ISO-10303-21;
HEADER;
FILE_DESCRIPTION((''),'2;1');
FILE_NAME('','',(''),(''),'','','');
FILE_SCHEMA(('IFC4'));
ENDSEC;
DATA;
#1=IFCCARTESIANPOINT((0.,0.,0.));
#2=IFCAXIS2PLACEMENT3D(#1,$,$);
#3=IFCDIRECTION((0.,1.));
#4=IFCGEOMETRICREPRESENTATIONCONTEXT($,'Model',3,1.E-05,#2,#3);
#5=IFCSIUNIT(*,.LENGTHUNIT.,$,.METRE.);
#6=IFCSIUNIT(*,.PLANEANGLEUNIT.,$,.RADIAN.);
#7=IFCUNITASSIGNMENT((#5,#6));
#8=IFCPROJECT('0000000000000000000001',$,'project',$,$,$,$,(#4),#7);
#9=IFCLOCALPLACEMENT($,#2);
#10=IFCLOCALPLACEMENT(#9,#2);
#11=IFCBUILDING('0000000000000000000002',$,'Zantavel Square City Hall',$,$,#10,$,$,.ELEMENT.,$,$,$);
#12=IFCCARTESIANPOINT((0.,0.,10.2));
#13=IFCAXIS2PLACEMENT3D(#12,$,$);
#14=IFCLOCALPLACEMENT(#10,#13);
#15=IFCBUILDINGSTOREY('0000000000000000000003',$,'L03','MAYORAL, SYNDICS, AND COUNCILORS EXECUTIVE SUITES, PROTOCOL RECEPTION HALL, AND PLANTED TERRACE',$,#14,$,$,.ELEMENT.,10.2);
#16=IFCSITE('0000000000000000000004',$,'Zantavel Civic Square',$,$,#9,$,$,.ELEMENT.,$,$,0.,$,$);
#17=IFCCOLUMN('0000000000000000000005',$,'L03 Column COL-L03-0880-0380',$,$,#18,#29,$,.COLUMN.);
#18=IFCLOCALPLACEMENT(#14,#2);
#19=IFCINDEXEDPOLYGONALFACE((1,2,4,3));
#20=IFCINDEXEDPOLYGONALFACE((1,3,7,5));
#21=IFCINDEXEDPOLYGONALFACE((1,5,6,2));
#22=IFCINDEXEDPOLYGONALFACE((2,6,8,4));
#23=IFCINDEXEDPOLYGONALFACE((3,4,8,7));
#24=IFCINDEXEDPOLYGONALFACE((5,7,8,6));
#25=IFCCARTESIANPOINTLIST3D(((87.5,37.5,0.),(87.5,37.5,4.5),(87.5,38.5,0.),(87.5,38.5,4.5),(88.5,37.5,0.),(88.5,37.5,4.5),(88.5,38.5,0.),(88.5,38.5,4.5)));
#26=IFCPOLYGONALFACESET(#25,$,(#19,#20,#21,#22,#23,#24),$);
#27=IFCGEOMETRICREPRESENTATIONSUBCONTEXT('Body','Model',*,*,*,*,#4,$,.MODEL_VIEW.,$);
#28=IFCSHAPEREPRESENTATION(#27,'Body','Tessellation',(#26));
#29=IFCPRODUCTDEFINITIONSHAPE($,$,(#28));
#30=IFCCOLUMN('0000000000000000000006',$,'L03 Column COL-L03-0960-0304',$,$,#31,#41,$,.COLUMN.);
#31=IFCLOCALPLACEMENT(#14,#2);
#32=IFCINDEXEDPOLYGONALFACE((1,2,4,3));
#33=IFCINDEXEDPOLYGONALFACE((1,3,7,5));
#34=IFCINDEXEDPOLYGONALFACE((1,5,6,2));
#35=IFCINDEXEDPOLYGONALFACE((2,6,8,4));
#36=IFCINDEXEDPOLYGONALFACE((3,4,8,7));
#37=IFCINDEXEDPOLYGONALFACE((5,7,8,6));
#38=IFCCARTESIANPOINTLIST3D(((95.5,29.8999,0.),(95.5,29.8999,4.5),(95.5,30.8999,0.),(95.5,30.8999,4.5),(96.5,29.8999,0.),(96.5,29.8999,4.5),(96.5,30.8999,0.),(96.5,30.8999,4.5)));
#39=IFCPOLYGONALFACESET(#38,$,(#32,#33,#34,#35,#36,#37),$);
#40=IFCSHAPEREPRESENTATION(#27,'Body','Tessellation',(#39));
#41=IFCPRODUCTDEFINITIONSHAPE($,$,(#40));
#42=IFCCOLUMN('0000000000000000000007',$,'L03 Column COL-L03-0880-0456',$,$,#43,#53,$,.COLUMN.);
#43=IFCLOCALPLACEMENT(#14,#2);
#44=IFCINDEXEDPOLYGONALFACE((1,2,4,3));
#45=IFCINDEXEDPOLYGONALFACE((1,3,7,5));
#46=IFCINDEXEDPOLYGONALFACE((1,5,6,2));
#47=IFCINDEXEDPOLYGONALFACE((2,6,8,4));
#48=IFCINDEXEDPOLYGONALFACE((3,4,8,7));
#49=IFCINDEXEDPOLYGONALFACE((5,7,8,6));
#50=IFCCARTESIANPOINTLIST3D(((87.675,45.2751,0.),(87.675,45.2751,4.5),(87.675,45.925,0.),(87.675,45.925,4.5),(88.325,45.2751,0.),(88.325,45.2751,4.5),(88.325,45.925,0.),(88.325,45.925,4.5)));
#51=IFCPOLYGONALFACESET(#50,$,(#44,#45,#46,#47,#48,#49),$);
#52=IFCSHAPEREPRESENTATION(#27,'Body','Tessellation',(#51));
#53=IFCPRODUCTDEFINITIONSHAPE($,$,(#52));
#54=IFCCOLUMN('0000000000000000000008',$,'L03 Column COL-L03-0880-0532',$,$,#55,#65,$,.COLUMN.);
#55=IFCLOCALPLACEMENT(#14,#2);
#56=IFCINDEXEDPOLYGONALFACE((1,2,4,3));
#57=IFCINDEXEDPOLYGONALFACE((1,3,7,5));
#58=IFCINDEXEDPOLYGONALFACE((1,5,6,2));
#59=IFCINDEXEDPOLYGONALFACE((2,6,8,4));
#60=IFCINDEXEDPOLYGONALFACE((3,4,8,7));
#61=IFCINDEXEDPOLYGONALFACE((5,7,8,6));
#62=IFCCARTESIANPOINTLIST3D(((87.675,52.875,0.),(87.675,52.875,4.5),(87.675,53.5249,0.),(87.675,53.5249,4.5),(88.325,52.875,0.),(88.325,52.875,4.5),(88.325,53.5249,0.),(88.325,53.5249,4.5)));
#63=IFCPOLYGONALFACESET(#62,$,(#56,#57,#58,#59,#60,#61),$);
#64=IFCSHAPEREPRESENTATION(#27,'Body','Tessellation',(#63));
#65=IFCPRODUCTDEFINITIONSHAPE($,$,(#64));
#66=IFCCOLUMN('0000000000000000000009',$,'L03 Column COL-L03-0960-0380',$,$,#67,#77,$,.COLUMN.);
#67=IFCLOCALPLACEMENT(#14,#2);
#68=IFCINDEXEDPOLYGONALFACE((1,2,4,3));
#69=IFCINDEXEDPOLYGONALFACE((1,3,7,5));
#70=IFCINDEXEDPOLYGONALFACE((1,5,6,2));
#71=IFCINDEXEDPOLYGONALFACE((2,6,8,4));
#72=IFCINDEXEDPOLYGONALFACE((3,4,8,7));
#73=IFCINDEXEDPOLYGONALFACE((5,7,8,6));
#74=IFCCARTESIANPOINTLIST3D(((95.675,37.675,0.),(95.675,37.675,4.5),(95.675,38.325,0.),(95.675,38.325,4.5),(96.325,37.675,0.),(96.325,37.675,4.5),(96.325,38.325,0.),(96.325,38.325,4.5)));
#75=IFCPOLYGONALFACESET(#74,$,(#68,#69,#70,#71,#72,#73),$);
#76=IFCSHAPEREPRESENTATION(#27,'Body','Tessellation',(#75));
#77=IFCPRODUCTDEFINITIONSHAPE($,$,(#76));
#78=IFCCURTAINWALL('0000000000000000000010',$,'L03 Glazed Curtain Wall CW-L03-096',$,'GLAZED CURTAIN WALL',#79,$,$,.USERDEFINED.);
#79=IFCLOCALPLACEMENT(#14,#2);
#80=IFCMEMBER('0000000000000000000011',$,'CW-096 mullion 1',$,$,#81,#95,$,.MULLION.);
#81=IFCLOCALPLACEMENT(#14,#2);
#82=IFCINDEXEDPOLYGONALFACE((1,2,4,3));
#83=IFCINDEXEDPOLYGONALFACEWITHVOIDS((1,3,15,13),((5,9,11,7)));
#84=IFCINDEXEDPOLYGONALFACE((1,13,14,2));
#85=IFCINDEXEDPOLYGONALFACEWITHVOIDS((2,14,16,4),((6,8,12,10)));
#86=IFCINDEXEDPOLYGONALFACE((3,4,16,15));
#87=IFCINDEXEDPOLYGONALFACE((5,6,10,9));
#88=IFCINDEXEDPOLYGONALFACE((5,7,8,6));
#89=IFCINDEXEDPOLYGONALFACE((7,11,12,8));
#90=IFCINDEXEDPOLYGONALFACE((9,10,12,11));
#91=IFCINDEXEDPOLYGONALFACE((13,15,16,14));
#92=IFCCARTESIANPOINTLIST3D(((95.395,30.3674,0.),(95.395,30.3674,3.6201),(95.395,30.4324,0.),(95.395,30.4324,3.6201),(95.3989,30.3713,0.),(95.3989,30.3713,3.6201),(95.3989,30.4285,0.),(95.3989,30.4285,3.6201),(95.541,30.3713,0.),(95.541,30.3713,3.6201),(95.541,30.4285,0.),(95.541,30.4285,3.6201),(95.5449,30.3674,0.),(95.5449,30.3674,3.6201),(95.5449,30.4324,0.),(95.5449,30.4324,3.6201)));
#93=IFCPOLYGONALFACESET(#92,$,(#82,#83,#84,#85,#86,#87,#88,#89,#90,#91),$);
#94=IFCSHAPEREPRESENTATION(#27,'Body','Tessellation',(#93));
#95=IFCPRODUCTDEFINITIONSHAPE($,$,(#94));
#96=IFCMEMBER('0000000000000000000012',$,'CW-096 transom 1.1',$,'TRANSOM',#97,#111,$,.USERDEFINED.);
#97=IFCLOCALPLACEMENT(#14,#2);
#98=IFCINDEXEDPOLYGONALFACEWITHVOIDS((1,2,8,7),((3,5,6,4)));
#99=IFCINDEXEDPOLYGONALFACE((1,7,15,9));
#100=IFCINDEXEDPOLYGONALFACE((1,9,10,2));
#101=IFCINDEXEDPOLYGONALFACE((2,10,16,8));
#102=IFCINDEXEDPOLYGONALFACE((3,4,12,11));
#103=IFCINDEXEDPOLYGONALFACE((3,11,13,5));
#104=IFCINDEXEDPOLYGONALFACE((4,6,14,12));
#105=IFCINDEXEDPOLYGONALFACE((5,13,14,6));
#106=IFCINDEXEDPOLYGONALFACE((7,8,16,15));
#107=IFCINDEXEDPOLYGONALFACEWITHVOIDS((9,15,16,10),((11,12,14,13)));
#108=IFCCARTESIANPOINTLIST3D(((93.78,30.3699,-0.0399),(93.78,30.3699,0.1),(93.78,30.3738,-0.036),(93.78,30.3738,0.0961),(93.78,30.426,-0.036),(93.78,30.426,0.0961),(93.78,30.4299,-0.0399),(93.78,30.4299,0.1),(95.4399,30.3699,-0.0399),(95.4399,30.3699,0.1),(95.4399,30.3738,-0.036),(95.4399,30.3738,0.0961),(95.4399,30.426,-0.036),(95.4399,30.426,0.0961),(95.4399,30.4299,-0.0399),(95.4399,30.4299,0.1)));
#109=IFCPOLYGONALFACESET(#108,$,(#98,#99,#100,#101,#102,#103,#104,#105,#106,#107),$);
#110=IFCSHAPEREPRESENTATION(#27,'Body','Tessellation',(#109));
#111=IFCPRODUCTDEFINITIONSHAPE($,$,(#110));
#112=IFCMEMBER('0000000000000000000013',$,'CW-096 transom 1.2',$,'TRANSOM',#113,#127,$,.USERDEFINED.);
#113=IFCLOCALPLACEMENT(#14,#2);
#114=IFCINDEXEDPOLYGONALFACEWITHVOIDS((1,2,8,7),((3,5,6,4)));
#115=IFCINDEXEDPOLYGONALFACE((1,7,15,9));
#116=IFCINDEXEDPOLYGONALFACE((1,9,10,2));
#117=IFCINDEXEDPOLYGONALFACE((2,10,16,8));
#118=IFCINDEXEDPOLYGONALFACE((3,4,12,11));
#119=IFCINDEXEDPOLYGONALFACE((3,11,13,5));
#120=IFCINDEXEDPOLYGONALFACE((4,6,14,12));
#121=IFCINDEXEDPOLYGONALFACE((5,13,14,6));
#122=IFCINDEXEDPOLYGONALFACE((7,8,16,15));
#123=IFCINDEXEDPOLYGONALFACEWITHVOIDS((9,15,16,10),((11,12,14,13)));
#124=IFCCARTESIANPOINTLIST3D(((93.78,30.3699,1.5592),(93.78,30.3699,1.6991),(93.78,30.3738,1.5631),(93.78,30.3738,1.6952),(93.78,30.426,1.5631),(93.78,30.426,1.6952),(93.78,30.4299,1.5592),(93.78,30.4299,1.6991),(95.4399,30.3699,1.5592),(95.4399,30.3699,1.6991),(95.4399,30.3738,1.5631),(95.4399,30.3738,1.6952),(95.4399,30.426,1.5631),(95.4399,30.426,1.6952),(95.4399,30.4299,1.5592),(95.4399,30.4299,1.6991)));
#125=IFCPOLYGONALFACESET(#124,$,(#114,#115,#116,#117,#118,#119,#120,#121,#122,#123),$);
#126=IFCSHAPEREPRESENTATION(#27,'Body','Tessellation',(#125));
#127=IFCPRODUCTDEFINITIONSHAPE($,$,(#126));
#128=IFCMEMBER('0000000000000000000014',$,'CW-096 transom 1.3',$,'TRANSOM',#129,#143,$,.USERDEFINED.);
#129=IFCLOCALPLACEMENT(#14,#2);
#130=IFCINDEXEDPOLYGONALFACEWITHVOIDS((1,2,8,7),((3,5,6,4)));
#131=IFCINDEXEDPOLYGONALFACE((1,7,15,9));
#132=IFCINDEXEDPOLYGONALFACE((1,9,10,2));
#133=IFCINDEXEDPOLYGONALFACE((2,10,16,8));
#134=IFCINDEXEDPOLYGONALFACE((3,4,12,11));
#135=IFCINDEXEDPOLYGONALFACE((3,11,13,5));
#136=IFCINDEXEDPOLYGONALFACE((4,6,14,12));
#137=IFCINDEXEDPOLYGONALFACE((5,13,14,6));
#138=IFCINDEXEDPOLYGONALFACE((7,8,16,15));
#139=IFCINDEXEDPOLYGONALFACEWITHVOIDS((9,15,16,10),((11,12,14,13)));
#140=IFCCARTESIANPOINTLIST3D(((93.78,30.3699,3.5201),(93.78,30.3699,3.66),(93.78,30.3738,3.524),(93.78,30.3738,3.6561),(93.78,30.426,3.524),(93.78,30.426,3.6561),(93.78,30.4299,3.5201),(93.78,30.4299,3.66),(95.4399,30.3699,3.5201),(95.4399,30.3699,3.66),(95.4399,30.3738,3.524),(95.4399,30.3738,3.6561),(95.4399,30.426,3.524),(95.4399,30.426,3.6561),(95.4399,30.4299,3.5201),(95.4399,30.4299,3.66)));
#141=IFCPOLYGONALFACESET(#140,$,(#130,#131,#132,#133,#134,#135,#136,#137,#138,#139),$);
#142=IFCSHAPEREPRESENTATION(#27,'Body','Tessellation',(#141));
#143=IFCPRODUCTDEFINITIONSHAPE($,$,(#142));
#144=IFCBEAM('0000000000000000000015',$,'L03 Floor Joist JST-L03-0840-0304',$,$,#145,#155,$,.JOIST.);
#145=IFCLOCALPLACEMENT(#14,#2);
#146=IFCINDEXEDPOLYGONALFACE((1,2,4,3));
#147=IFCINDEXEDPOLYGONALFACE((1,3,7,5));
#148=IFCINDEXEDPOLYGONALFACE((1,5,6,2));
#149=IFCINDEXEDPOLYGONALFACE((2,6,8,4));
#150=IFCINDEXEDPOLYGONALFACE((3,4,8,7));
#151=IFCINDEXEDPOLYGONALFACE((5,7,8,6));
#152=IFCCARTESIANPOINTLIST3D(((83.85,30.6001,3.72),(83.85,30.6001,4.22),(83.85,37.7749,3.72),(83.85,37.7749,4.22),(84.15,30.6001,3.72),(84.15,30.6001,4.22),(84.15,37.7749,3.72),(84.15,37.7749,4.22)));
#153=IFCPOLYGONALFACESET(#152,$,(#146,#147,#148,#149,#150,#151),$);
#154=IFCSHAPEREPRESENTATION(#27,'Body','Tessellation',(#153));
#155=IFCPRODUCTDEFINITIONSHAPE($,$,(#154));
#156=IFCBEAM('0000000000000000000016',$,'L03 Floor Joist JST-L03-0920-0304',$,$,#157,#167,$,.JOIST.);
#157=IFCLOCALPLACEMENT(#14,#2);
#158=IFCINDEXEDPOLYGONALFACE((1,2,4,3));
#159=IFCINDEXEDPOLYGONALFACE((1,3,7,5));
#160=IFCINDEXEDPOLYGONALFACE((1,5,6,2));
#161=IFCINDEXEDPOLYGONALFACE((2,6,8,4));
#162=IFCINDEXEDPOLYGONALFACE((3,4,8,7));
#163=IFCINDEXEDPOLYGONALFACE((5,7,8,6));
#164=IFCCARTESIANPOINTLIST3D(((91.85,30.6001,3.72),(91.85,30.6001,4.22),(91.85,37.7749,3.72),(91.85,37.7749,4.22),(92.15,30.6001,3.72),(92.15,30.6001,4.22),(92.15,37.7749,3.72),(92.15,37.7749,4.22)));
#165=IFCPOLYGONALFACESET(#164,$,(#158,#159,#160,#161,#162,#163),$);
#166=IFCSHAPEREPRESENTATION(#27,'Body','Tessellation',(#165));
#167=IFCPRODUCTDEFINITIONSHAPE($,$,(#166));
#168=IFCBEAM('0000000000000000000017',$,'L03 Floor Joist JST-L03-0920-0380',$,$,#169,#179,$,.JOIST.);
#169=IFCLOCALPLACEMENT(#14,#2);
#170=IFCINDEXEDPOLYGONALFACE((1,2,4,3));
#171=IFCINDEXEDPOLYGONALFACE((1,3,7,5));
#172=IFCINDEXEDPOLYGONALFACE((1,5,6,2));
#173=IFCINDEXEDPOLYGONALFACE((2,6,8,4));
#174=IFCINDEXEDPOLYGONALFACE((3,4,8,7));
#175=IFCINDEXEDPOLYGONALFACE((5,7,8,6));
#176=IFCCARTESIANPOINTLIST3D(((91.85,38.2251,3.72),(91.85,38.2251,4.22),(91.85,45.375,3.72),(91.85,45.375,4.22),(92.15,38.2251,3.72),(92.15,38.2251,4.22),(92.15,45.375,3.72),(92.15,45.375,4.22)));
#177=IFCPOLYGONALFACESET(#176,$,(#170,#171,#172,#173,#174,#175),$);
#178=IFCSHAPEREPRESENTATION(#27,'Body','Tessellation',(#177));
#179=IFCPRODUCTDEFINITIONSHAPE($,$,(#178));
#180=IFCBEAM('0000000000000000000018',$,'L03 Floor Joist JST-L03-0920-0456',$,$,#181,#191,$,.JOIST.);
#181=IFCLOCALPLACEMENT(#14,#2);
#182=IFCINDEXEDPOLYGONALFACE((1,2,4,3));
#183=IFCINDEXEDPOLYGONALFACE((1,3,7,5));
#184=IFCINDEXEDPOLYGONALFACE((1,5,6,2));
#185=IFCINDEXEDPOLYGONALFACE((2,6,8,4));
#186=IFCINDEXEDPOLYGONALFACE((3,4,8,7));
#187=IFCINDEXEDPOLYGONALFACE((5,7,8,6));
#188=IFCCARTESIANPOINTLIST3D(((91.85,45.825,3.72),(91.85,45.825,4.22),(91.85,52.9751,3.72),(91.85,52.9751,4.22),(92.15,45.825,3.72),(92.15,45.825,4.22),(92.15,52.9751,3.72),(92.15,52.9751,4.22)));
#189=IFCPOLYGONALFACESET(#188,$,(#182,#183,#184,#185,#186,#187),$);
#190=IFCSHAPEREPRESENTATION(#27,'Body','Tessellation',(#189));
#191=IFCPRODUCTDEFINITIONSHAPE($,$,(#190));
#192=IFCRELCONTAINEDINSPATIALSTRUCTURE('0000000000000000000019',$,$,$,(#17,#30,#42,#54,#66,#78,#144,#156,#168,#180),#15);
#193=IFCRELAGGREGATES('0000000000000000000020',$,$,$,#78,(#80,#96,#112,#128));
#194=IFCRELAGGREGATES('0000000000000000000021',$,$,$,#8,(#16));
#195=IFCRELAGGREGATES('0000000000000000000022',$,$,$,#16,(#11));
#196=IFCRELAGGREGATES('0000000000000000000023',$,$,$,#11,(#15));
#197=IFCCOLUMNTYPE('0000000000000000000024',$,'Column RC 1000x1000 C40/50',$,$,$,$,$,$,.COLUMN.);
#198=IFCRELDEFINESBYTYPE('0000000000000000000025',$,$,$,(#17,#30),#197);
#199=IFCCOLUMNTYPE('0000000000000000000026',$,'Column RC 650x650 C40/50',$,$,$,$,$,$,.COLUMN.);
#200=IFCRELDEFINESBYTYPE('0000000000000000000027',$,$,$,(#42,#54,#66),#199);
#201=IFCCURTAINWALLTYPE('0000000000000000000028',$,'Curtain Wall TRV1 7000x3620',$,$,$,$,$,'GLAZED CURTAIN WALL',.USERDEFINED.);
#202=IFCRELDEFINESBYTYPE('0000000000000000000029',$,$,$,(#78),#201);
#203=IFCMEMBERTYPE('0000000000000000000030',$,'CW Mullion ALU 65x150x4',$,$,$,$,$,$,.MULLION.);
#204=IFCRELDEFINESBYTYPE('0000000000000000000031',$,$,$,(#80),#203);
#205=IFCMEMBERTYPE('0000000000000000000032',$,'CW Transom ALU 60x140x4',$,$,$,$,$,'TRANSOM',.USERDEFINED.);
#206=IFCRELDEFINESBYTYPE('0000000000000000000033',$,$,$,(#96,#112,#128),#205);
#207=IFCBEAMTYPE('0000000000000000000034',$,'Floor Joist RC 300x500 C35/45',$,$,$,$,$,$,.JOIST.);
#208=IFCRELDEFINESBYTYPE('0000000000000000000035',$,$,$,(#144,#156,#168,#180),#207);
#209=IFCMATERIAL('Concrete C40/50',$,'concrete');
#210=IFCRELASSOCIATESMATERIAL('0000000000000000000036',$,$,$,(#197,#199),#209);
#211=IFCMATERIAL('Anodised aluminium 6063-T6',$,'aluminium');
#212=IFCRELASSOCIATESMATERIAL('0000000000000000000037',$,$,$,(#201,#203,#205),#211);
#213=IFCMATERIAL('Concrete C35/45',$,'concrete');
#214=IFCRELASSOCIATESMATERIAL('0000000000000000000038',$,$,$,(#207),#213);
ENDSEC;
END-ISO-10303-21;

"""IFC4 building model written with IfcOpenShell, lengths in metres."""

from ifc_helpers import new_model, si_unit, direction, frame, origin, origin_2d, place, context, subcontext, project, spatial, rectangle, hollow_rectangle, extrude, material, material_profile, profile_set, type_object, element, aggregate, save


model = new_model("IFC4")

# Units and contexts
model_context = context("Model", 3, precision=1e-05, world=origin(), true_north=direction((0.0, 1.0)))
body_context = subcontext(model_context, "Body", "Model", "MODEL_VIEW")
ifc_project = project(units=[si_unit("LENGTHUNIT", "METRE"), si_unit("PLANEANGLEUNIT", "RADIAN")], contexts=[model_context])

# Site, building, storey
site_placement = place(None, origin())
site = spatial("IfcSite", under=ifc_project, at=site_placement, Name="Zantavel Civic Square", CompositionType="ELEMENT", RefElevation=0.0)
building_placement = place(site_placement, origin())
building = spatial("IfcBuilding", under=site, at=building_placement, Name="Zantavel Square City Hall", CompositionType="ELEMENT")
storey_placement = place(building_placement, frame((0.0, 0.0, 10.2)))
storey = spatial("IfcBuildingStorey", under=building, at=storey_placement, Name="L03", Description="MAYORAL, SYNDICS, AND COUNCILORS EXECUTIVE SUITES, PROTOCOL RECEPTION HALL, AND PLANTED TERRACE", CompositionType="ELEMENT", Elevation=10.2)

# Columns
ifc_material_1 = material(Name="Concrete C40/50", Category="concrete")
ifc_material_profile_1 = material_profile(ifc_material_1, rectangle(XDim=1.0, YDim=1.0, at=origin_2d()), Name="RC 1000x1000")
ifc_profile_set_1 = profile_set([ifc_material_profile_1], Name="Concrete C40/50")
column_type_1 = type_object("IfcColumnType", Name="Column RC 1000x1000 C40/50", PredefinedType="COLUMN", material=ifc_profile_set_1)
for number, where, z_axis, x_axis, name in (
    (1, (88.0, 38.0, 0.0), (0.0, 0.0, 1.0), (1.0, 0.0, 0.0), "L03 Column COL-L03-0880-0380"),
    (2, (96.0, 30.3999, 0.0), (0.0, 0.0, 1.0), (1.0, 0.0, 0.0), "L03 Column COL-L03-0960-0304"),
):
    element("IfcColumn", number, at=place(storey_placement, frame(where, z_axis=z_axis, x_axis=x_axis)), inside=storey, type_object=column_type_1, Name=name, PredefinedType="COLUMN", context=body_context, shape_type="SweptSolid", body=[
        extrude(rectangle(XDim=1.0, YDim=1.0, at=origin_2d()), origin(), (0.0, 0.0, 1.0), 4.5),
    ])
ifc_material_profile_2 = material_profile(ifc_material_1, rectangle(XDim=0.6499, YDim=0.6499, at=origin_2d()), Name="RC 650x650")
ifc_profile_set_2 = profile_set([ifc_material_profile_2], Name="Concrete C40/50")
column_type_2 = type_object("IfcColumnType", Name="Column RC 650x650 C40/50", PredefinedType="COLUMN", material=ifc_profile_set_2)
for number, where, z_axis, x_axis, name in (
    (3, (88.0, 45.6001, 0.0), (0.0, 0.0, 1.0), (1.0, 0.0, 0.0), "L03 Column COL-L03-0880-0456"),
    (4, (88.0, 53.2, 0.0), (0.0, 0.0, 1.0), (1.0, 0.0, 0.0), "L03 Column COL-L03-0880-0532"),
    (5, (96.0, 38.0, 0.0), (0.0, 0.0, 1.0), (1.0, 0.0, 0.0), "L03 Column COL-L03-0960-0380"),
):
    element("IfcColumn", number, at=place(storey_placement, frame(where, z_axis=z_axis, x_axis=x_axis)), inside=storey, type_object=column_type_2, Name=name, PredefinedType="COLUMN", context=body_context, shape_type="SweptSolid", body=[
        extrude(rectangle(XDim=0.6499, YDim=0.6499, at=origin_2d()), origin(), (0.0, 0.0, 1.0), 4.5),
    ])

# Curtain wall, members
ifc_material_2 = material(Name="Anodised aluminium 6063-T6", Category="aluminium")
curtain_wall_type = type_object("IfcCurtainWallType", Name="Curtain Wall TRV1 7000x3620", ElementType="GLAZED CURTAIN WALL", PredefinedType="USERDEFINED", material=ifc_material_2)
curtain_wall_placement = place(storey_placement, origin())
curtain_wall = element("IfcCurtainWall", 6, at=curtain_wall_placement, inside=storey, type_object=curtain_wall_type, Name="L03 Glazed Curtain Wall CW-L03-096", ObjectType="GLAZED CURTAIN WALL", PredefinedType="USERDEFINED")
ifc_material_profile_3 = material_profile(ifc_material_2, hollow_rectangle(XDim=0.0649, YDim=0.1499, WallThickness=0.0039, at=origin_2d()), Name="ALU 65x150x4")
ifc_profile_set_3 = profile_set([ifc_material_profile_3], Name="Anodised aluminium 6063-T6")
member_type_1 = type_object("IfcMemberType", Name="CW Mullion ALU 65x150x4", PredefinedType="MULLION", material=ifc_profile_set_3)
member_1_placement = place(storey_placement, frame((95.47, 30.3999, 0.0), z_axis=(0.0, 0.0, 1.0), x_axis=(0.0, -1.0, 0.0)))
member_1 = element("IfcMember", 7, at=member_1_placement, type_object=member_type_1, Name="CW-096 mullion 1", PredefinedType="MULLION", context=body_context, shape_type="SweptSolid", body=[
    extrude(hollow_rectangle(XDim=0.0649, YDim=0.1499, WallThickness=0.0039, at=origin_2d()), origin(), (0.0, 0.0, 1.0), 3.6201),
])
ifc_material_profile_4 = material_profile(ifc_material_2, hollow_rectangle(XDim=0.0601, YDim=0.1399, WallThickness=0.0039, at=origin_2d()), Name="ALU 60x140x4")
ifc_profile_set_4 = profile_set([ifc_material_profile_4], Name="Anodised aluminium 6063-T6")
member_type_2 = type_object("IfcMemberType", Name="CW Transom ALU 60x140x4", ElementType="TRANSOM", PredefinedType="USERDEFINED", material=ifc_profile_set_4)
member_2_placement = place(storey_placement, frame((95.4399, 30.3999, 0.03), z_axis=(-1.0, 0.0, 0.0), x_axis=(0.0, -1.0, 0.0)))
member_2 = element("IfcMember", 8, at=member_2_placement, type_object=member_type_2, Name="CW-096 transom 1.1", ObjectType="TRANSOM", PredefinedType="USERDEFINED", context=body_context, shape_type="SweptSolid", body=[
    extrude(hollow_rectangle(XDim=0.0601, YDim=0.1399, WallThickness=0.0039, at=origin_2d()), origin(), (0.0, 0.0, 1.0), 1.6599),
])
member_3_placement = place(storey_placement, frame((95.4399, 30.3999, 1.6292), z_axis=(-1.0, 0.0, 0.0), x_axis=(0.0, -1.0, 0.0)))
member_3 = element("IfcMember", 9, at=member_3_placement, type_object=member_type_2, Name="CW-096 transom 1.2", ObjectType="TRANSOM", PredefinedType="USERDEFINED", context=body_context, shape_type="SweptSolid", body=[
    extrude(hollow_rectangle(XDim=0.0601, YDim=0.1399, WallThickness=0.0039, at=origin_2d()), origin(), (0.0, 0.0, 1.0), 1.6599),
])
member_4_placement = place(storey_placement, frame((95.4399, 30.3999, 3.5901), z_axis=(-1.0, 0.0, 0.0), x_axis=(0.0, -1.0, 0.0)))
member_4 = element("IfcMember", 10, at=member_4_placement, type_object=member_type_2, Name="CW-096 transom 1.3", ObjectType="TRANSOM", PredefinedType="USERDEFINED", context=body_context, shape_type="SweptSolid", body=[
    extrude(hollow_rectangle(XDim=0.0601, YDim=0.1399, WallThickness=0.0039, at=origin_2d()), origin(), (0.0, 0.0, 1.0), 1.6599),
])
aggregate(curtain_wall, [member_1, member_2, member_3, member_4])

# Beams
ifc_material_3 = material(Name="Concrete C35/45", Category="concrete")
ifc_material_profile_5 = material_profile(ifc_material_3, rectangle(XDim=0.3, YDim=0.5, at=origin_2d()), Name="RC 300x500")
ifc_profile_set_5 = profile_set([ifc_material_profile_5], Name="Concrete C35/45")
beam_type_1 = type_object("IfcBeamType", Name="Floor Joist RC 300x500 C35/45", PredefinedType="JOIST", material=ifc_profile_set_5)
for number, where, z_axis, x_axis, name in (
    (11, (84.0, 30.6001, 3.97), (0.0, 1.0, 0.0), (-1.0, 0.0, 0.0), "L03 Floor Joist JST-L03-0840-0304"),
    (12, (92.0, 30.6001, 3.97), (0.0, 1.0, 0.0), (-1.0, 0.0, 0.0), "L03 Floor Joist JST-L03-0920-0304"),
):
    element("IfcBeam", number, at=place(storey_placement, frame(where, z_axis=z_axis, x_axis=x_axis)), inside=storey, type_object=beam_type_1, Name=name, PredefinedType="JOIST", context=body_context, shape_type="SweptSolid", body=[
        extrude(rectangle(XDim=0.3, YDim=0.5, at=origin_2d()), origin(), (0.0, 0.0, 1.0), 7.1748),
    ])
beam_1_placement = place(storey_placement, frame((92.0, 38.2251, 3.97), z_axis=(0.0, 1.0, 0.0), x_axis=(-1.0, 0.0, 0.0)))
element("IfcBeam", 13, at=beam_1_placement, inside=storey, type_object=beam_type_1, Name="L03 Floor Joist JST-L03-0920-0380", PredefinedType="JOIST", context=body_context, shape_type="SweptSolid", body=[
    extrude(rectangle(XDim=0.3, YDim=0.5, at=origin_2d()), origin(), (0.0, 0.0, 1.0), 7.1499),
])
beam_2_placement = place(storey_placement, frame((92.0, 45.825, 3.97), z_axis=(0.0, 1.0, 0.0), x_axis=(-1.0, 0.0, 0.0)))
element("IfcBeam", 14, at=beam_2_placement, inside=storey, type_object=beam_type_1, Name="L03 Floor Joist JST-L03-0920-0456", PredefinedType="JOIST", context=body_context, shape_type="SweptSolid", body=[
    extrude(rectangle(XDim=0.3, YDim=0.5, at=origin_2d()), origin(), (0.0, 0.0, 1.0), 7.1501),
])

save(model, "model.ifc")
